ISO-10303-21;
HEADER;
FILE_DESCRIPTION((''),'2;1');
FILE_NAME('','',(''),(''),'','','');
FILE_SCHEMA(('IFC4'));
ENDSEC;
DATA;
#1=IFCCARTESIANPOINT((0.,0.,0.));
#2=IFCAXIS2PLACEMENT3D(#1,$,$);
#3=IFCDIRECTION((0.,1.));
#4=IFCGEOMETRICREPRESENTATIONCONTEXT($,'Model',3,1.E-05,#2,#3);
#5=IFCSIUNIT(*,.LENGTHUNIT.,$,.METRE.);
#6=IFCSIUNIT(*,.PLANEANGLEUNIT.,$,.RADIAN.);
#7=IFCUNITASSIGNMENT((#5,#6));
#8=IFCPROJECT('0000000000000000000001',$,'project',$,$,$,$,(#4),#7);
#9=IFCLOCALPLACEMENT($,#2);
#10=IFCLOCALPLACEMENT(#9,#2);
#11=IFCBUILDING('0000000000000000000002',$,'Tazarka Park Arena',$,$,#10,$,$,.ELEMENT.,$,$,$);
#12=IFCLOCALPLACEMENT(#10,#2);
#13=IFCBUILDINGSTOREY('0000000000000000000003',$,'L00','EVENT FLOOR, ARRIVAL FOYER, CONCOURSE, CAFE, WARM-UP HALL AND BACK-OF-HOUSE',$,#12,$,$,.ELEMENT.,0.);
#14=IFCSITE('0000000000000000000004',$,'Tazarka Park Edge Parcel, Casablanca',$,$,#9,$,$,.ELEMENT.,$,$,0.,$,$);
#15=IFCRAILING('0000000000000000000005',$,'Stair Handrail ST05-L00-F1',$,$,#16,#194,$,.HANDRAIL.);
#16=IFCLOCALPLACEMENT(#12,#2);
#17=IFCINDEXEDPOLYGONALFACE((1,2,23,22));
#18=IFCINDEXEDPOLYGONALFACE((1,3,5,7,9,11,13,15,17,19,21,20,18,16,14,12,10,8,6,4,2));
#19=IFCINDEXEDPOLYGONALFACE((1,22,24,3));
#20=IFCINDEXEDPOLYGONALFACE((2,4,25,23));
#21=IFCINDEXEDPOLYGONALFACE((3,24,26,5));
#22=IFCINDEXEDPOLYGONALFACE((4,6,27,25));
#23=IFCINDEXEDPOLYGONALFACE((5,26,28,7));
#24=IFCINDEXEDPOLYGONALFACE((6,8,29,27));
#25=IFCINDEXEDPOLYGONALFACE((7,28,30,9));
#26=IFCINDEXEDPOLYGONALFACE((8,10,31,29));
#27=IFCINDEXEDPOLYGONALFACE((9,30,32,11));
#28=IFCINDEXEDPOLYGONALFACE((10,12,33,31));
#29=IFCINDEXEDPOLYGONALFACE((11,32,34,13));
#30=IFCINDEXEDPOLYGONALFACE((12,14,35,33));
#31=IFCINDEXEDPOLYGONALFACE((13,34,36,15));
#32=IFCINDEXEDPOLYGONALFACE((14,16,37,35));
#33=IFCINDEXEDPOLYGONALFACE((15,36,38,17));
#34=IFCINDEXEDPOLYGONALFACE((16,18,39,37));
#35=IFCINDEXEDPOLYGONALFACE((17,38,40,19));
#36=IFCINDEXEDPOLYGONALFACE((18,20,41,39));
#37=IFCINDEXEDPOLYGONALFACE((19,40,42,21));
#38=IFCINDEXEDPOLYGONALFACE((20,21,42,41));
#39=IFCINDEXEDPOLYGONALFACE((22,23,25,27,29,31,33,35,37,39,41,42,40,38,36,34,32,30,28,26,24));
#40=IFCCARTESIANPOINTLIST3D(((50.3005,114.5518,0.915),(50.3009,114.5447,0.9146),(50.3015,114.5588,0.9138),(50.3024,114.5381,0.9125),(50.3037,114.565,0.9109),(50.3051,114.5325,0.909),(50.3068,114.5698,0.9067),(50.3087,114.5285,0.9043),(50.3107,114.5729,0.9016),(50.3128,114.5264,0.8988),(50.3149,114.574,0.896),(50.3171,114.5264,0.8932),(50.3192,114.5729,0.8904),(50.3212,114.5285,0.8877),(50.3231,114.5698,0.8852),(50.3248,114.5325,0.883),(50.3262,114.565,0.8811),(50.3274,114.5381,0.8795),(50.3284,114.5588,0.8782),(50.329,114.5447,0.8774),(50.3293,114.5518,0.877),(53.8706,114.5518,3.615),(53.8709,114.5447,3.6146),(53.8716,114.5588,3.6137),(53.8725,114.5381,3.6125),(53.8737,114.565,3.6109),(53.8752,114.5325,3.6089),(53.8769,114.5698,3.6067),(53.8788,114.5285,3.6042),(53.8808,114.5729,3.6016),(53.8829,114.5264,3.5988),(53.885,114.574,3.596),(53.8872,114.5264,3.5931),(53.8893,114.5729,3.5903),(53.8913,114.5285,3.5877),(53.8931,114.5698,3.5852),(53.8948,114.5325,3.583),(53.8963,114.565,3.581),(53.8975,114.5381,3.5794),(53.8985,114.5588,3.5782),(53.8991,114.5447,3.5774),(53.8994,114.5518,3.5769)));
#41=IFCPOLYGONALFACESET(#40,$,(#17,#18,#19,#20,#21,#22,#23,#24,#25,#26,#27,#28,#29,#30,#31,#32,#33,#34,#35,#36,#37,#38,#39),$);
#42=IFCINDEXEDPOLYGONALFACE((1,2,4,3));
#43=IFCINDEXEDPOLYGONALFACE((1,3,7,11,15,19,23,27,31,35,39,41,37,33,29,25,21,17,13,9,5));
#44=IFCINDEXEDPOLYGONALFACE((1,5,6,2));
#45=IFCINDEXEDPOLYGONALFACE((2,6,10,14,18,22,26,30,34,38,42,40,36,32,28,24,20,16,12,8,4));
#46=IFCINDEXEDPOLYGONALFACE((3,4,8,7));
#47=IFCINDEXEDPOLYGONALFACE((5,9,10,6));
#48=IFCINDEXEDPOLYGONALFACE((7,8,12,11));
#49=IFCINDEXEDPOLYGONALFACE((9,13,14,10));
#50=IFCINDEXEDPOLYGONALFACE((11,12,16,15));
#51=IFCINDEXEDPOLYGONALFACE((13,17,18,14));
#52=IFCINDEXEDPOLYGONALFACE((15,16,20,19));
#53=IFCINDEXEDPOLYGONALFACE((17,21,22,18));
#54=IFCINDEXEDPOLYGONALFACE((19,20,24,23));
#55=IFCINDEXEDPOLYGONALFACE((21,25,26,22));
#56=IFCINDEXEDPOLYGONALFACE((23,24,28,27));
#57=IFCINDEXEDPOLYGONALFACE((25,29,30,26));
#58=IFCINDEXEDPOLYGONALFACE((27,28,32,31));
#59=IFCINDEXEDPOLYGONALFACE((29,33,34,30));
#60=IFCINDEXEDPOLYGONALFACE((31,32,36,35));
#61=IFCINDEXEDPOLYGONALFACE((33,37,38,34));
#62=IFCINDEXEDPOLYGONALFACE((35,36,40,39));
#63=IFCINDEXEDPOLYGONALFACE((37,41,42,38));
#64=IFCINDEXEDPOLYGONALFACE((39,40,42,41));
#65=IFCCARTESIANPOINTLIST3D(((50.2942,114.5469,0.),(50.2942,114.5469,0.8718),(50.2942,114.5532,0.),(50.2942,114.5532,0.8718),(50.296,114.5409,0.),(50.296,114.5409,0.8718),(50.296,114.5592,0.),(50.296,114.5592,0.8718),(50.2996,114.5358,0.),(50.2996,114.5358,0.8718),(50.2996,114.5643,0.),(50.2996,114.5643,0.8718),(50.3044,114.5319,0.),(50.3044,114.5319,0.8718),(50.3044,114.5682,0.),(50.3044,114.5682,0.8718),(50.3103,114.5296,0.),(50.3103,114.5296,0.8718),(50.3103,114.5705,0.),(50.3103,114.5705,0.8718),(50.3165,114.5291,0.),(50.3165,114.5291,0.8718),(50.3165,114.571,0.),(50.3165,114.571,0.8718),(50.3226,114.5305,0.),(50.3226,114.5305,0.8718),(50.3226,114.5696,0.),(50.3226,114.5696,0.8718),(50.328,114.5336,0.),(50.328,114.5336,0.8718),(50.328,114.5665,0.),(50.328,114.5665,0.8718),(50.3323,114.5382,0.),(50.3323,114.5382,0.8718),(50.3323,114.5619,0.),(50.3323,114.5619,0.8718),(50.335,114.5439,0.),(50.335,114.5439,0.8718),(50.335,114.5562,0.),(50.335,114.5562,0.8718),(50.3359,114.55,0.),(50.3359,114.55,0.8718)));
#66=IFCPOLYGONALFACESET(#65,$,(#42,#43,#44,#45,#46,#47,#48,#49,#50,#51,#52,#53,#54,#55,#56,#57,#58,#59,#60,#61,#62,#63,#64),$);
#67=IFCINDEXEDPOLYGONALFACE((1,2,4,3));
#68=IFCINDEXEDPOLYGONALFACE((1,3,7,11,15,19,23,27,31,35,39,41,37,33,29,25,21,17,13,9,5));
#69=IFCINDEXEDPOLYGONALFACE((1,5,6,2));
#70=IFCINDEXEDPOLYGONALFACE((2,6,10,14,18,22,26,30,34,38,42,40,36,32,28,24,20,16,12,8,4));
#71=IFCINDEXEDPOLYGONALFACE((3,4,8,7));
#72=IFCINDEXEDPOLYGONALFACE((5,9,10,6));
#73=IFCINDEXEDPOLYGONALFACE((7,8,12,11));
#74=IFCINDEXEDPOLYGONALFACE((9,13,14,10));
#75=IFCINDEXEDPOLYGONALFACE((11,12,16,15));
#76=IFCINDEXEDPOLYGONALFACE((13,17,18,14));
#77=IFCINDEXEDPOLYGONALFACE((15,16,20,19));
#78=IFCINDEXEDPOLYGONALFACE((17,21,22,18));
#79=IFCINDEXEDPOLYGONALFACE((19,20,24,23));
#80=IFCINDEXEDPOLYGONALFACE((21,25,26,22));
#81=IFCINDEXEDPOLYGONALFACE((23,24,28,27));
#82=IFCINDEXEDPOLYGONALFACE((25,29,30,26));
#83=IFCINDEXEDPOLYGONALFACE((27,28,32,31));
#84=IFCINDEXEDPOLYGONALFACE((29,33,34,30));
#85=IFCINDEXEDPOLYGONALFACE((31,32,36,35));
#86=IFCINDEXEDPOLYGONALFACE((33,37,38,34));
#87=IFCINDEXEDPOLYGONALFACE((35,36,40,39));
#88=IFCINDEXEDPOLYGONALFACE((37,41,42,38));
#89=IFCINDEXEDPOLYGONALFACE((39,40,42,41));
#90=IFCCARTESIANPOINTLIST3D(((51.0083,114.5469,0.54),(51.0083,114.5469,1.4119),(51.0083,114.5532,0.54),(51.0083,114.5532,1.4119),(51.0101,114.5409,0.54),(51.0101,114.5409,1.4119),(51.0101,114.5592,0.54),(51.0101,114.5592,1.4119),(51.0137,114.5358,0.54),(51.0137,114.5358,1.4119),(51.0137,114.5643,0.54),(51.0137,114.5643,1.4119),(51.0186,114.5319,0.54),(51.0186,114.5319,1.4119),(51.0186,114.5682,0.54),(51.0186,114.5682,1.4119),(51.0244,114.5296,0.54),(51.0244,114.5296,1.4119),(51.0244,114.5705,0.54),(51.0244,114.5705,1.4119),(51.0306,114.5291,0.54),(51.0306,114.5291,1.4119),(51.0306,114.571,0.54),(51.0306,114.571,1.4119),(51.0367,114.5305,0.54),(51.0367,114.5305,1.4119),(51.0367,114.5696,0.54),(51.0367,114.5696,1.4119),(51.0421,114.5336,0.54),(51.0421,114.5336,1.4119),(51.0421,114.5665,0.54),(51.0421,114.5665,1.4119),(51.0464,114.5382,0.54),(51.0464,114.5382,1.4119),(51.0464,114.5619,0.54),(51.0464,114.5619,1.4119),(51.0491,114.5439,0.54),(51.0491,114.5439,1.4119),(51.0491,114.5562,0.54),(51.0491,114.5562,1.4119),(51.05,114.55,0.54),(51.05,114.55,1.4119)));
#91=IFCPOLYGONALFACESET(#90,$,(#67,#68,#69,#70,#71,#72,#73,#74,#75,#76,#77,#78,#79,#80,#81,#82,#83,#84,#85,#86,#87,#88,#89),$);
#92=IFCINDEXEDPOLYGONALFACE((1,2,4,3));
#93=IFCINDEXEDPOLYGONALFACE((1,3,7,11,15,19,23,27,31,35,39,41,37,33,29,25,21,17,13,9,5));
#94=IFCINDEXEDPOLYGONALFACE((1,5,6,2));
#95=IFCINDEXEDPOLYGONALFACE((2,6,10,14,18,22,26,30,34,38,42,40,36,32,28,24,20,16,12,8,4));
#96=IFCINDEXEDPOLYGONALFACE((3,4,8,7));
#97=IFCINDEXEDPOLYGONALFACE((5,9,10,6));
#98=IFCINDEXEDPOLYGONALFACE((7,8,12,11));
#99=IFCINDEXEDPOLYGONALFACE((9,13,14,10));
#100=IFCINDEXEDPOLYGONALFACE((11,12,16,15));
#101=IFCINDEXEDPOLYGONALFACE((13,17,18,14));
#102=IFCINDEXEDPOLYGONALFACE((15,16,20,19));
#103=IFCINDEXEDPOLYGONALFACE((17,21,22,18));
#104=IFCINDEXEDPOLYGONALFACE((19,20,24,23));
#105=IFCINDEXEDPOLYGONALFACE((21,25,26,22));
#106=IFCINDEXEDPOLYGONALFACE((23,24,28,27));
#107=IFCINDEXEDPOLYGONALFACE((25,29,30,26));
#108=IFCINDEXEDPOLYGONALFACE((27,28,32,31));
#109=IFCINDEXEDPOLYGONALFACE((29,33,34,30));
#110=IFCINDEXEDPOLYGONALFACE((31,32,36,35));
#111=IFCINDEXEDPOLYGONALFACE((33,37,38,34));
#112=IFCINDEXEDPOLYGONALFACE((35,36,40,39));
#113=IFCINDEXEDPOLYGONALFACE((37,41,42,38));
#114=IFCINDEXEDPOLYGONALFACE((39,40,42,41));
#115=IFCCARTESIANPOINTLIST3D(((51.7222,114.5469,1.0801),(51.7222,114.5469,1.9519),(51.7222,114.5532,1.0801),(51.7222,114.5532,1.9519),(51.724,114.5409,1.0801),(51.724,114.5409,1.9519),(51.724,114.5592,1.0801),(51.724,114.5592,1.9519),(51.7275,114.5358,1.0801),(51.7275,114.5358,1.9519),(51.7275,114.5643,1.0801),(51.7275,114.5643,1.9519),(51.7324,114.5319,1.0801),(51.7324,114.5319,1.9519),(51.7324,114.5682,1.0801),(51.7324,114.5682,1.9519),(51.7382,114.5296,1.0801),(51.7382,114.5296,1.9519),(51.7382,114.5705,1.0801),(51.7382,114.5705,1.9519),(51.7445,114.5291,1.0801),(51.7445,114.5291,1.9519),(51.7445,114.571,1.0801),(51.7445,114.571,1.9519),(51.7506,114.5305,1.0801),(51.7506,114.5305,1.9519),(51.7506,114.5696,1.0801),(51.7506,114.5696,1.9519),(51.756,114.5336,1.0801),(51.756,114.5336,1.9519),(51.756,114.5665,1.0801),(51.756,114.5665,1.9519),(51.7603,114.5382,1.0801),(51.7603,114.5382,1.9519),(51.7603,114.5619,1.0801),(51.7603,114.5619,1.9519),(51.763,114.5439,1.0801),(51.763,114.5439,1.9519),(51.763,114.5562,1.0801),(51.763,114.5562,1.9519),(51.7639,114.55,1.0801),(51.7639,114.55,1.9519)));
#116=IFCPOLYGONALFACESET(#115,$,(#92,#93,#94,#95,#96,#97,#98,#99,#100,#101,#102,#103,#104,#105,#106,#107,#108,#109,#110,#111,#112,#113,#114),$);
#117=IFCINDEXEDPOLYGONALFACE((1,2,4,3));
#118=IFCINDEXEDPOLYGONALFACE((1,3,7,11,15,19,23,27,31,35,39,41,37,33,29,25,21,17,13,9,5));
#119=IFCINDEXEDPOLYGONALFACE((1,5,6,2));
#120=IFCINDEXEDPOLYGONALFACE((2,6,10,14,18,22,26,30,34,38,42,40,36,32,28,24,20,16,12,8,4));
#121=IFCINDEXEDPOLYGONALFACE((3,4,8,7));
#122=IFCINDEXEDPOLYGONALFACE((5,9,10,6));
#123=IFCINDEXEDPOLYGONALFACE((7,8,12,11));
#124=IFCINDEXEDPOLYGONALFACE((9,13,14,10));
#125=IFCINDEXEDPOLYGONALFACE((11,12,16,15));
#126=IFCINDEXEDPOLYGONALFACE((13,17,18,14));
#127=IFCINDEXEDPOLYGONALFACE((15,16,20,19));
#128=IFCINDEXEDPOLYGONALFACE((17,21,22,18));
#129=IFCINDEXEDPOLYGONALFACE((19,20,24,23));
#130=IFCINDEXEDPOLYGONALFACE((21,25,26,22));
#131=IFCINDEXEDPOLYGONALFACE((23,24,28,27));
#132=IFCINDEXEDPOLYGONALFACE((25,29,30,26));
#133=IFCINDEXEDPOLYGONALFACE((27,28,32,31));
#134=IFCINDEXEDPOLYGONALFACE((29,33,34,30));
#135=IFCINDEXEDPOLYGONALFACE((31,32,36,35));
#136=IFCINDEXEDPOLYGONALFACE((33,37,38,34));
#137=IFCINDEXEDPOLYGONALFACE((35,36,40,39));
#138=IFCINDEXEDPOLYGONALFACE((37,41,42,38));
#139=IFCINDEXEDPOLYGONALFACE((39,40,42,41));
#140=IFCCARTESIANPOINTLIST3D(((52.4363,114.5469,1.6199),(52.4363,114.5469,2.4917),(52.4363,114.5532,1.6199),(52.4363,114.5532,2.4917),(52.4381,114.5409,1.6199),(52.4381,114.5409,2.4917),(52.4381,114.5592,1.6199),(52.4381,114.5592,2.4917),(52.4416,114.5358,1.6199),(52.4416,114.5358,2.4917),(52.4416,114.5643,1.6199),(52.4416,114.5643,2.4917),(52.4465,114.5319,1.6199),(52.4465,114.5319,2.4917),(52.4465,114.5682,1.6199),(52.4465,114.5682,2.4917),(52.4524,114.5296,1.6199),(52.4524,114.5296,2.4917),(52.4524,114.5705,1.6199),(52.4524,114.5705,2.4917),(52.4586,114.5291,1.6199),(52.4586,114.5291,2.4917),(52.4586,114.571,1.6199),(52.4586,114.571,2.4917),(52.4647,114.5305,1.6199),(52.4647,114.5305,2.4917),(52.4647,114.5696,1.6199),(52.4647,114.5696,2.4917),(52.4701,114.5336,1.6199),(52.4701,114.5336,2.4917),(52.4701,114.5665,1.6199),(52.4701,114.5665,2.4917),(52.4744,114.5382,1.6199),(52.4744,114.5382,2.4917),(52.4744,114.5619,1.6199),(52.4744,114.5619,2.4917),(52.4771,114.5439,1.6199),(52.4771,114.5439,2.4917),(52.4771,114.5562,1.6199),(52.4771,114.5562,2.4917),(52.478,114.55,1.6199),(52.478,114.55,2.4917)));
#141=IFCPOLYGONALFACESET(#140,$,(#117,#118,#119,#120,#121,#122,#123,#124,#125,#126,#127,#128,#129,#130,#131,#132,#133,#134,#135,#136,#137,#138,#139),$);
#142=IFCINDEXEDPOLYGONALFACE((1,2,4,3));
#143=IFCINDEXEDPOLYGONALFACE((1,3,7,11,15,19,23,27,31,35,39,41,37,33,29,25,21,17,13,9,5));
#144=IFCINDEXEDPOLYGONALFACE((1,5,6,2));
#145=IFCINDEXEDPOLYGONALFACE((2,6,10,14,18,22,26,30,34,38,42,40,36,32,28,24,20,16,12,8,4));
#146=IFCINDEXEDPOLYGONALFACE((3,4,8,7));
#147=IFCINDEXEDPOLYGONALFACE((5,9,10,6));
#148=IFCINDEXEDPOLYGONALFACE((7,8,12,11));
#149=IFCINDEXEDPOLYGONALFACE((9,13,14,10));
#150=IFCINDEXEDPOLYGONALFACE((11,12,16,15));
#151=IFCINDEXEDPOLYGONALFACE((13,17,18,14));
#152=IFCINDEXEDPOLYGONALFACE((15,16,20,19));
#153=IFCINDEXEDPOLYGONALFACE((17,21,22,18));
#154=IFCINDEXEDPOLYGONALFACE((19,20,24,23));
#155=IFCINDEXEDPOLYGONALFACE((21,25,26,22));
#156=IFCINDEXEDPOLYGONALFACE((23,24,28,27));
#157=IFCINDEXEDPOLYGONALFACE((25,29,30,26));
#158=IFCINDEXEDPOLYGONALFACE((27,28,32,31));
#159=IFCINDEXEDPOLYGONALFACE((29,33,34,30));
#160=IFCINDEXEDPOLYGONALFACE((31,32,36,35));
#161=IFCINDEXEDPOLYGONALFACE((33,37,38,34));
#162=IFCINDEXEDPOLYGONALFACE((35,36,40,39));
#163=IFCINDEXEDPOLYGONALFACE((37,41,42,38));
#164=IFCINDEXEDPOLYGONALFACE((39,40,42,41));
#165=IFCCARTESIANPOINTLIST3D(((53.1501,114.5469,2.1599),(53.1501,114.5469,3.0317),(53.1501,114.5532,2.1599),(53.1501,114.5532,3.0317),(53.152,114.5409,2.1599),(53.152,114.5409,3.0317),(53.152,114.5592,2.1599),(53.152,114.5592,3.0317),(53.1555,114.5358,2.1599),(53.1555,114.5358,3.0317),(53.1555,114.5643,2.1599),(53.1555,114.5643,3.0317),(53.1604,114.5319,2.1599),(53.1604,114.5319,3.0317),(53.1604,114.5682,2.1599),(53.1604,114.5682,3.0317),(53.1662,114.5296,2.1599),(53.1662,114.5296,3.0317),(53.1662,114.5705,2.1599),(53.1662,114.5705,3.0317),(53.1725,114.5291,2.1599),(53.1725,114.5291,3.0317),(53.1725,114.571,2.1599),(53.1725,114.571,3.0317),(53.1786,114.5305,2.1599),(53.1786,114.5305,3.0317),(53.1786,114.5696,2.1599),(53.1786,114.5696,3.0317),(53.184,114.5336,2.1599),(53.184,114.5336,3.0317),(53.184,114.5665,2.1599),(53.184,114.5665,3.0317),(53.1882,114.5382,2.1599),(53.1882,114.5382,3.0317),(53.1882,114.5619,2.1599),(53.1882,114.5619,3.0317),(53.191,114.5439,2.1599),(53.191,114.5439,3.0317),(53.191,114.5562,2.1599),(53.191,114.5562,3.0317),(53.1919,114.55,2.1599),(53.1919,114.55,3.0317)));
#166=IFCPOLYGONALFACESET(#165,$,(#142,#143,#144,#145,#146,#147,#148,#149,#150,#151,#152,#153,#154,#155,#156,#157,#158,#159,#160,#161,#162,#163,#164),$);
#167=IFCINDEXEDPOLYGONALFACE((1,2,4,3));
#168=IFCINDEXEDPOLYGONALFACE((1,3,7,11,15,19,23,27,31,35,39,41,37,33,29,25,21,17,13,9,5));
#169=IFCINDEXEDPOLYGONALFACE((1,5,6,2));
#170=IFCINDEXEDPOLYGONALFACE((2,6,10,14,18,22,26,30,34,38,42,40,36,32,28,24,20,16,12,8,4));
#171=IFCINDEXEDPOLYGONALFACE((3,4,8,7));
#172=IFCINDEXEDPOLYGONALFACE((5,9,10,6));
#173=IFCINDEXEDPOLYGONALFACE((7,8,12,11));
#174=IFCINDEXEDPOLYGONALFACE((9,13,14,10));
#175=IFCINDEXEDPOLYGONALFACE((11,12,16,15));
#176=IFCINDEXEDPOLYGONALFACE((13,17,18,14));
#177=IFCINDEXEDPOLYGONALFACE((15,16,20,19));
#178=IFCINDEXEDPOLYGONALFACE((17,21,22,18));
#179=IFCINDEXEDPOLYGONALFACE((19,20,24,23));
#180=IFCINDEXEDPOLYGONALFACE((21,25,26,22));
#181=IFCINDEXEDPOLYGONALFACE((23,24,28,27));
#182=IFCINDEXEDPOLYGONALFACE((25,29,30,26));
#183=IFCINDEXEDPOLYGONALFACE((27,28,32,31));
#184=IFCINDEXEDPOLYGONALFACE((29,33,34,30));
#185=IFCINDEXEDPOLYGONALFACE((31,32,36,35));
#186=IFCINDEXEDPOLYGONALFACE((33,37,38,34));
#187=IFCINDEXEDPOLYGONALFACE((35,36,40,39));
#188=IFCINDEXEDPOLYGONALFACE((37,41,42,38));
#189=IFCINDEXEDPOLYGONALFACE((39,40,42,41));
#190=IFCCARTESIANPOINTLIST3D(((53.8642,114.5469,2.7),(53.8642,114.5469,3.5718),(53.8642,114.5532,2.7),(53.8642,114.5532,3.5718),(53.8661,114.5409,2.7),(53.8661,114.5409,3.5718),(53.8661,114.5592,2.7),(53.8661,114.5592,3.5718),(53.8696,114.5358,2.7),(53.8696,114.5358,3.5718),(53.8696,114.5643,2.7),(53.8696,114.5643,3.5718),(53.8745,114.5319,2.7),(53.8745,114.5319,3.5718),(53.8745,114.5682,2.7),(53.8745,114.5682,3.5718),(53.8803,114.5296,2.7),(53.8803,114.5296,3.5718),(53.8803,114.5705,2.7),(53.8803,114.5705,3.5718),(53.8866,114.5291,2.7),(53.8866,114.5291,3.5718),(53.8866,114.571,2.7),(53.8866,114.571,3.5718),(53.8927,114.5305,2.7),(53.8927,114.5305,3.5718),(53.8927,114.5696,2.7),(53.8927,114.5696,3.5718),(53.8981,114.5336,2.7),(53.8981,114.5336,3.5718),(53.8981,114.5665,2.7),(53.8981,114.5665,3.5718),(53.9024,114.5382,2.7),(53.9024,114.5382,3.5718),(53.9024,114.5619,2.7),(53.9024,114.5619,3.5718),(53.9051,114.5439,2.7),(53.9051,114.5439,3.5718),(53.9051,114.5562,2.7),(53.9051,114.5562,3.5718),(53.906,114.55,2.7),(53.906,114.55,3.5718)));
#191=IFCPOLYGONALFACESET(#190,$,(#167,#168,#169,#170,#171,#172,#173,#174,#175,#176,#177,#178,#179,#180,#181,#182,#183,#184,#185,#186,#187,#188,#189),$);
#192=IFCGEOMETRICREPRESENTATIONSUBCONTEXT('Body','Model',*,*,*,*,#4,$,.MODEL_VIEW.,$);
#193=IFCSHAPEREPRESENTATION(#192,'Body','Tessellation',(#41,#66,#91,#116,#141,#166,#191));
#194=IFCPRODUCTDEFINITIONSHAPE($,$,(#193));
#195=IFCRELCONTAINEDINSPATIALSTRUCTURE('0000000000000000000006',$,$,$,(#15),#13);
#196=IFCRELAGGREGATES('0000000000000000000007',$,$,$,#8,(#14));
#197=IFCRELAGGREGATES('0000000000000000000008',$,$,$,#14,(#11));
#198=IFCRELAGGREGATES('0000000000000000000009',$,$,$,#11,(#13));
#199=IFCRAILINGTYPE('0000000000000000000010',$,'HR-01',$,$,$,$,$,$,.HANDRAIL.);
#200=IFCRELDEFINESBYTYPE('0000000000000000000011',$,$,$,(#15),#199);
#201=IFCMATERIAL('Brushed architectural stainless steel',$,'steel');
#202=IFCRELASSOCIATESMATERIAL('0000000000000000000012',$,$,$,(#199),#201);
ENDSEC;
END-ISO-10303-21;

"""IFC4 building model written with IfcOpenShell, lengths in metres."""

from ifc_helpers import new_model, si_unit, direction, frame, origin, origin_2d, place, context, subcontext, project, spatial, circle, extrude, material, type_object, element, save


model = new_model("IFC4")

# Units and contexts
model_context = context("Model", 3, precision=1e-05, world=origin(), true_north=direction((0.0, 1.0)))
body_context = subcontext(model_context, "Body", "Model", "MODEL_VIEW")
ifc_project = project(units=[si_unit("LENGTHUNIT", "METRE"), si_unit("PLANEANGLEUNIT", "RADIAN")], contexts=[model_context])

# Site, building, storey
site_placement = place(None, origin())
site = spatial("IfcSite", under=ifc_project, at=site_placement, Name="Tazarka Park Edge Parcel, Casablanca", CompositionType="ELEMENT", RefElevation=0.0)
building_placement = place(site_placement, origin())
building = spatial("IfcBuilding", under=site, at=building_placement, Name="Tazarka Park Arena", CompositionType="ELEMENT")
storey_placement = place(building_placement, origin())
storey = spatial("IfcBuildingStorey", under=building, at=storey_placement, Name="L00", Description="EVENT FLOOR, ARRIVAL FOYER, CONCOURSE, CAFE, WARM-UP HALL AND BACK-OF-HOUSE", CompositionType="ELEMENT", Elevation=0.0)

# Railing
ifc_material_1 = material(Name="Brushed architectural stainless steel", Category="steel")
railing_type_1 = type_object("IfcRailingType", Name="HR-01", PredefinedType="HANDRAIL", material=ifc_material_1)
railing_1_placement = place(storey_placement, frame((50.3149, 114.55, 0.0)))
element("IfcRailing", 1, at=railing_1_placement, inside=storey, type_object=railing_type_1, Name="Stair Handrail ST05-L00-F1", PredefinedType="HANDRAIL", context=body_context, shape_type="SweptSolid", body=[
    extrude(circle(Radius=0.0239, at=origin_2d()), frame((0.0, 0.0, 0.896), z_axis=(0.797591, 0.0, 0.603198), x_axis=(0.0, 1.0, 0.0)), (0.0, 0.0, 1.0), 4.4761),
    extrude(circle(Radius=0.021, at=origin_2d()), origin(), (0.0, 0.0, 1.0), 0.8718),
    extrude(circle(Radius=0.021, at=origin_2d()), frame((0.7141, 0.0, 0.54)), (0.0, 0.0, 1.0), 0.8718),
    extrude(circle(Radius=0.021, at=origin_2d()), frame((1.428, 0.0, 1.0801)), (0.0, 0.0, 1.0), 0.8718),
    extrude(circle(Radius=0.021, at=origin_2d()), frame((2.1421, 0.0, 1.6199)), (0.0, 0.0, 1.0), 0.8718),
    extrude(circle(Radius=0.021, at=origin_2d()), frame((2.856, 0.0, 2.1599)), (0.0, 0.0, 1.0), 0.8718),
    extrude(circle(Radius=0.021, at=origin_2d()), frame((3.5701, 0.0, 2.7)), (0.0, 0.0, 1.0), 0.8718),
])

save(model, "model.ifc")
